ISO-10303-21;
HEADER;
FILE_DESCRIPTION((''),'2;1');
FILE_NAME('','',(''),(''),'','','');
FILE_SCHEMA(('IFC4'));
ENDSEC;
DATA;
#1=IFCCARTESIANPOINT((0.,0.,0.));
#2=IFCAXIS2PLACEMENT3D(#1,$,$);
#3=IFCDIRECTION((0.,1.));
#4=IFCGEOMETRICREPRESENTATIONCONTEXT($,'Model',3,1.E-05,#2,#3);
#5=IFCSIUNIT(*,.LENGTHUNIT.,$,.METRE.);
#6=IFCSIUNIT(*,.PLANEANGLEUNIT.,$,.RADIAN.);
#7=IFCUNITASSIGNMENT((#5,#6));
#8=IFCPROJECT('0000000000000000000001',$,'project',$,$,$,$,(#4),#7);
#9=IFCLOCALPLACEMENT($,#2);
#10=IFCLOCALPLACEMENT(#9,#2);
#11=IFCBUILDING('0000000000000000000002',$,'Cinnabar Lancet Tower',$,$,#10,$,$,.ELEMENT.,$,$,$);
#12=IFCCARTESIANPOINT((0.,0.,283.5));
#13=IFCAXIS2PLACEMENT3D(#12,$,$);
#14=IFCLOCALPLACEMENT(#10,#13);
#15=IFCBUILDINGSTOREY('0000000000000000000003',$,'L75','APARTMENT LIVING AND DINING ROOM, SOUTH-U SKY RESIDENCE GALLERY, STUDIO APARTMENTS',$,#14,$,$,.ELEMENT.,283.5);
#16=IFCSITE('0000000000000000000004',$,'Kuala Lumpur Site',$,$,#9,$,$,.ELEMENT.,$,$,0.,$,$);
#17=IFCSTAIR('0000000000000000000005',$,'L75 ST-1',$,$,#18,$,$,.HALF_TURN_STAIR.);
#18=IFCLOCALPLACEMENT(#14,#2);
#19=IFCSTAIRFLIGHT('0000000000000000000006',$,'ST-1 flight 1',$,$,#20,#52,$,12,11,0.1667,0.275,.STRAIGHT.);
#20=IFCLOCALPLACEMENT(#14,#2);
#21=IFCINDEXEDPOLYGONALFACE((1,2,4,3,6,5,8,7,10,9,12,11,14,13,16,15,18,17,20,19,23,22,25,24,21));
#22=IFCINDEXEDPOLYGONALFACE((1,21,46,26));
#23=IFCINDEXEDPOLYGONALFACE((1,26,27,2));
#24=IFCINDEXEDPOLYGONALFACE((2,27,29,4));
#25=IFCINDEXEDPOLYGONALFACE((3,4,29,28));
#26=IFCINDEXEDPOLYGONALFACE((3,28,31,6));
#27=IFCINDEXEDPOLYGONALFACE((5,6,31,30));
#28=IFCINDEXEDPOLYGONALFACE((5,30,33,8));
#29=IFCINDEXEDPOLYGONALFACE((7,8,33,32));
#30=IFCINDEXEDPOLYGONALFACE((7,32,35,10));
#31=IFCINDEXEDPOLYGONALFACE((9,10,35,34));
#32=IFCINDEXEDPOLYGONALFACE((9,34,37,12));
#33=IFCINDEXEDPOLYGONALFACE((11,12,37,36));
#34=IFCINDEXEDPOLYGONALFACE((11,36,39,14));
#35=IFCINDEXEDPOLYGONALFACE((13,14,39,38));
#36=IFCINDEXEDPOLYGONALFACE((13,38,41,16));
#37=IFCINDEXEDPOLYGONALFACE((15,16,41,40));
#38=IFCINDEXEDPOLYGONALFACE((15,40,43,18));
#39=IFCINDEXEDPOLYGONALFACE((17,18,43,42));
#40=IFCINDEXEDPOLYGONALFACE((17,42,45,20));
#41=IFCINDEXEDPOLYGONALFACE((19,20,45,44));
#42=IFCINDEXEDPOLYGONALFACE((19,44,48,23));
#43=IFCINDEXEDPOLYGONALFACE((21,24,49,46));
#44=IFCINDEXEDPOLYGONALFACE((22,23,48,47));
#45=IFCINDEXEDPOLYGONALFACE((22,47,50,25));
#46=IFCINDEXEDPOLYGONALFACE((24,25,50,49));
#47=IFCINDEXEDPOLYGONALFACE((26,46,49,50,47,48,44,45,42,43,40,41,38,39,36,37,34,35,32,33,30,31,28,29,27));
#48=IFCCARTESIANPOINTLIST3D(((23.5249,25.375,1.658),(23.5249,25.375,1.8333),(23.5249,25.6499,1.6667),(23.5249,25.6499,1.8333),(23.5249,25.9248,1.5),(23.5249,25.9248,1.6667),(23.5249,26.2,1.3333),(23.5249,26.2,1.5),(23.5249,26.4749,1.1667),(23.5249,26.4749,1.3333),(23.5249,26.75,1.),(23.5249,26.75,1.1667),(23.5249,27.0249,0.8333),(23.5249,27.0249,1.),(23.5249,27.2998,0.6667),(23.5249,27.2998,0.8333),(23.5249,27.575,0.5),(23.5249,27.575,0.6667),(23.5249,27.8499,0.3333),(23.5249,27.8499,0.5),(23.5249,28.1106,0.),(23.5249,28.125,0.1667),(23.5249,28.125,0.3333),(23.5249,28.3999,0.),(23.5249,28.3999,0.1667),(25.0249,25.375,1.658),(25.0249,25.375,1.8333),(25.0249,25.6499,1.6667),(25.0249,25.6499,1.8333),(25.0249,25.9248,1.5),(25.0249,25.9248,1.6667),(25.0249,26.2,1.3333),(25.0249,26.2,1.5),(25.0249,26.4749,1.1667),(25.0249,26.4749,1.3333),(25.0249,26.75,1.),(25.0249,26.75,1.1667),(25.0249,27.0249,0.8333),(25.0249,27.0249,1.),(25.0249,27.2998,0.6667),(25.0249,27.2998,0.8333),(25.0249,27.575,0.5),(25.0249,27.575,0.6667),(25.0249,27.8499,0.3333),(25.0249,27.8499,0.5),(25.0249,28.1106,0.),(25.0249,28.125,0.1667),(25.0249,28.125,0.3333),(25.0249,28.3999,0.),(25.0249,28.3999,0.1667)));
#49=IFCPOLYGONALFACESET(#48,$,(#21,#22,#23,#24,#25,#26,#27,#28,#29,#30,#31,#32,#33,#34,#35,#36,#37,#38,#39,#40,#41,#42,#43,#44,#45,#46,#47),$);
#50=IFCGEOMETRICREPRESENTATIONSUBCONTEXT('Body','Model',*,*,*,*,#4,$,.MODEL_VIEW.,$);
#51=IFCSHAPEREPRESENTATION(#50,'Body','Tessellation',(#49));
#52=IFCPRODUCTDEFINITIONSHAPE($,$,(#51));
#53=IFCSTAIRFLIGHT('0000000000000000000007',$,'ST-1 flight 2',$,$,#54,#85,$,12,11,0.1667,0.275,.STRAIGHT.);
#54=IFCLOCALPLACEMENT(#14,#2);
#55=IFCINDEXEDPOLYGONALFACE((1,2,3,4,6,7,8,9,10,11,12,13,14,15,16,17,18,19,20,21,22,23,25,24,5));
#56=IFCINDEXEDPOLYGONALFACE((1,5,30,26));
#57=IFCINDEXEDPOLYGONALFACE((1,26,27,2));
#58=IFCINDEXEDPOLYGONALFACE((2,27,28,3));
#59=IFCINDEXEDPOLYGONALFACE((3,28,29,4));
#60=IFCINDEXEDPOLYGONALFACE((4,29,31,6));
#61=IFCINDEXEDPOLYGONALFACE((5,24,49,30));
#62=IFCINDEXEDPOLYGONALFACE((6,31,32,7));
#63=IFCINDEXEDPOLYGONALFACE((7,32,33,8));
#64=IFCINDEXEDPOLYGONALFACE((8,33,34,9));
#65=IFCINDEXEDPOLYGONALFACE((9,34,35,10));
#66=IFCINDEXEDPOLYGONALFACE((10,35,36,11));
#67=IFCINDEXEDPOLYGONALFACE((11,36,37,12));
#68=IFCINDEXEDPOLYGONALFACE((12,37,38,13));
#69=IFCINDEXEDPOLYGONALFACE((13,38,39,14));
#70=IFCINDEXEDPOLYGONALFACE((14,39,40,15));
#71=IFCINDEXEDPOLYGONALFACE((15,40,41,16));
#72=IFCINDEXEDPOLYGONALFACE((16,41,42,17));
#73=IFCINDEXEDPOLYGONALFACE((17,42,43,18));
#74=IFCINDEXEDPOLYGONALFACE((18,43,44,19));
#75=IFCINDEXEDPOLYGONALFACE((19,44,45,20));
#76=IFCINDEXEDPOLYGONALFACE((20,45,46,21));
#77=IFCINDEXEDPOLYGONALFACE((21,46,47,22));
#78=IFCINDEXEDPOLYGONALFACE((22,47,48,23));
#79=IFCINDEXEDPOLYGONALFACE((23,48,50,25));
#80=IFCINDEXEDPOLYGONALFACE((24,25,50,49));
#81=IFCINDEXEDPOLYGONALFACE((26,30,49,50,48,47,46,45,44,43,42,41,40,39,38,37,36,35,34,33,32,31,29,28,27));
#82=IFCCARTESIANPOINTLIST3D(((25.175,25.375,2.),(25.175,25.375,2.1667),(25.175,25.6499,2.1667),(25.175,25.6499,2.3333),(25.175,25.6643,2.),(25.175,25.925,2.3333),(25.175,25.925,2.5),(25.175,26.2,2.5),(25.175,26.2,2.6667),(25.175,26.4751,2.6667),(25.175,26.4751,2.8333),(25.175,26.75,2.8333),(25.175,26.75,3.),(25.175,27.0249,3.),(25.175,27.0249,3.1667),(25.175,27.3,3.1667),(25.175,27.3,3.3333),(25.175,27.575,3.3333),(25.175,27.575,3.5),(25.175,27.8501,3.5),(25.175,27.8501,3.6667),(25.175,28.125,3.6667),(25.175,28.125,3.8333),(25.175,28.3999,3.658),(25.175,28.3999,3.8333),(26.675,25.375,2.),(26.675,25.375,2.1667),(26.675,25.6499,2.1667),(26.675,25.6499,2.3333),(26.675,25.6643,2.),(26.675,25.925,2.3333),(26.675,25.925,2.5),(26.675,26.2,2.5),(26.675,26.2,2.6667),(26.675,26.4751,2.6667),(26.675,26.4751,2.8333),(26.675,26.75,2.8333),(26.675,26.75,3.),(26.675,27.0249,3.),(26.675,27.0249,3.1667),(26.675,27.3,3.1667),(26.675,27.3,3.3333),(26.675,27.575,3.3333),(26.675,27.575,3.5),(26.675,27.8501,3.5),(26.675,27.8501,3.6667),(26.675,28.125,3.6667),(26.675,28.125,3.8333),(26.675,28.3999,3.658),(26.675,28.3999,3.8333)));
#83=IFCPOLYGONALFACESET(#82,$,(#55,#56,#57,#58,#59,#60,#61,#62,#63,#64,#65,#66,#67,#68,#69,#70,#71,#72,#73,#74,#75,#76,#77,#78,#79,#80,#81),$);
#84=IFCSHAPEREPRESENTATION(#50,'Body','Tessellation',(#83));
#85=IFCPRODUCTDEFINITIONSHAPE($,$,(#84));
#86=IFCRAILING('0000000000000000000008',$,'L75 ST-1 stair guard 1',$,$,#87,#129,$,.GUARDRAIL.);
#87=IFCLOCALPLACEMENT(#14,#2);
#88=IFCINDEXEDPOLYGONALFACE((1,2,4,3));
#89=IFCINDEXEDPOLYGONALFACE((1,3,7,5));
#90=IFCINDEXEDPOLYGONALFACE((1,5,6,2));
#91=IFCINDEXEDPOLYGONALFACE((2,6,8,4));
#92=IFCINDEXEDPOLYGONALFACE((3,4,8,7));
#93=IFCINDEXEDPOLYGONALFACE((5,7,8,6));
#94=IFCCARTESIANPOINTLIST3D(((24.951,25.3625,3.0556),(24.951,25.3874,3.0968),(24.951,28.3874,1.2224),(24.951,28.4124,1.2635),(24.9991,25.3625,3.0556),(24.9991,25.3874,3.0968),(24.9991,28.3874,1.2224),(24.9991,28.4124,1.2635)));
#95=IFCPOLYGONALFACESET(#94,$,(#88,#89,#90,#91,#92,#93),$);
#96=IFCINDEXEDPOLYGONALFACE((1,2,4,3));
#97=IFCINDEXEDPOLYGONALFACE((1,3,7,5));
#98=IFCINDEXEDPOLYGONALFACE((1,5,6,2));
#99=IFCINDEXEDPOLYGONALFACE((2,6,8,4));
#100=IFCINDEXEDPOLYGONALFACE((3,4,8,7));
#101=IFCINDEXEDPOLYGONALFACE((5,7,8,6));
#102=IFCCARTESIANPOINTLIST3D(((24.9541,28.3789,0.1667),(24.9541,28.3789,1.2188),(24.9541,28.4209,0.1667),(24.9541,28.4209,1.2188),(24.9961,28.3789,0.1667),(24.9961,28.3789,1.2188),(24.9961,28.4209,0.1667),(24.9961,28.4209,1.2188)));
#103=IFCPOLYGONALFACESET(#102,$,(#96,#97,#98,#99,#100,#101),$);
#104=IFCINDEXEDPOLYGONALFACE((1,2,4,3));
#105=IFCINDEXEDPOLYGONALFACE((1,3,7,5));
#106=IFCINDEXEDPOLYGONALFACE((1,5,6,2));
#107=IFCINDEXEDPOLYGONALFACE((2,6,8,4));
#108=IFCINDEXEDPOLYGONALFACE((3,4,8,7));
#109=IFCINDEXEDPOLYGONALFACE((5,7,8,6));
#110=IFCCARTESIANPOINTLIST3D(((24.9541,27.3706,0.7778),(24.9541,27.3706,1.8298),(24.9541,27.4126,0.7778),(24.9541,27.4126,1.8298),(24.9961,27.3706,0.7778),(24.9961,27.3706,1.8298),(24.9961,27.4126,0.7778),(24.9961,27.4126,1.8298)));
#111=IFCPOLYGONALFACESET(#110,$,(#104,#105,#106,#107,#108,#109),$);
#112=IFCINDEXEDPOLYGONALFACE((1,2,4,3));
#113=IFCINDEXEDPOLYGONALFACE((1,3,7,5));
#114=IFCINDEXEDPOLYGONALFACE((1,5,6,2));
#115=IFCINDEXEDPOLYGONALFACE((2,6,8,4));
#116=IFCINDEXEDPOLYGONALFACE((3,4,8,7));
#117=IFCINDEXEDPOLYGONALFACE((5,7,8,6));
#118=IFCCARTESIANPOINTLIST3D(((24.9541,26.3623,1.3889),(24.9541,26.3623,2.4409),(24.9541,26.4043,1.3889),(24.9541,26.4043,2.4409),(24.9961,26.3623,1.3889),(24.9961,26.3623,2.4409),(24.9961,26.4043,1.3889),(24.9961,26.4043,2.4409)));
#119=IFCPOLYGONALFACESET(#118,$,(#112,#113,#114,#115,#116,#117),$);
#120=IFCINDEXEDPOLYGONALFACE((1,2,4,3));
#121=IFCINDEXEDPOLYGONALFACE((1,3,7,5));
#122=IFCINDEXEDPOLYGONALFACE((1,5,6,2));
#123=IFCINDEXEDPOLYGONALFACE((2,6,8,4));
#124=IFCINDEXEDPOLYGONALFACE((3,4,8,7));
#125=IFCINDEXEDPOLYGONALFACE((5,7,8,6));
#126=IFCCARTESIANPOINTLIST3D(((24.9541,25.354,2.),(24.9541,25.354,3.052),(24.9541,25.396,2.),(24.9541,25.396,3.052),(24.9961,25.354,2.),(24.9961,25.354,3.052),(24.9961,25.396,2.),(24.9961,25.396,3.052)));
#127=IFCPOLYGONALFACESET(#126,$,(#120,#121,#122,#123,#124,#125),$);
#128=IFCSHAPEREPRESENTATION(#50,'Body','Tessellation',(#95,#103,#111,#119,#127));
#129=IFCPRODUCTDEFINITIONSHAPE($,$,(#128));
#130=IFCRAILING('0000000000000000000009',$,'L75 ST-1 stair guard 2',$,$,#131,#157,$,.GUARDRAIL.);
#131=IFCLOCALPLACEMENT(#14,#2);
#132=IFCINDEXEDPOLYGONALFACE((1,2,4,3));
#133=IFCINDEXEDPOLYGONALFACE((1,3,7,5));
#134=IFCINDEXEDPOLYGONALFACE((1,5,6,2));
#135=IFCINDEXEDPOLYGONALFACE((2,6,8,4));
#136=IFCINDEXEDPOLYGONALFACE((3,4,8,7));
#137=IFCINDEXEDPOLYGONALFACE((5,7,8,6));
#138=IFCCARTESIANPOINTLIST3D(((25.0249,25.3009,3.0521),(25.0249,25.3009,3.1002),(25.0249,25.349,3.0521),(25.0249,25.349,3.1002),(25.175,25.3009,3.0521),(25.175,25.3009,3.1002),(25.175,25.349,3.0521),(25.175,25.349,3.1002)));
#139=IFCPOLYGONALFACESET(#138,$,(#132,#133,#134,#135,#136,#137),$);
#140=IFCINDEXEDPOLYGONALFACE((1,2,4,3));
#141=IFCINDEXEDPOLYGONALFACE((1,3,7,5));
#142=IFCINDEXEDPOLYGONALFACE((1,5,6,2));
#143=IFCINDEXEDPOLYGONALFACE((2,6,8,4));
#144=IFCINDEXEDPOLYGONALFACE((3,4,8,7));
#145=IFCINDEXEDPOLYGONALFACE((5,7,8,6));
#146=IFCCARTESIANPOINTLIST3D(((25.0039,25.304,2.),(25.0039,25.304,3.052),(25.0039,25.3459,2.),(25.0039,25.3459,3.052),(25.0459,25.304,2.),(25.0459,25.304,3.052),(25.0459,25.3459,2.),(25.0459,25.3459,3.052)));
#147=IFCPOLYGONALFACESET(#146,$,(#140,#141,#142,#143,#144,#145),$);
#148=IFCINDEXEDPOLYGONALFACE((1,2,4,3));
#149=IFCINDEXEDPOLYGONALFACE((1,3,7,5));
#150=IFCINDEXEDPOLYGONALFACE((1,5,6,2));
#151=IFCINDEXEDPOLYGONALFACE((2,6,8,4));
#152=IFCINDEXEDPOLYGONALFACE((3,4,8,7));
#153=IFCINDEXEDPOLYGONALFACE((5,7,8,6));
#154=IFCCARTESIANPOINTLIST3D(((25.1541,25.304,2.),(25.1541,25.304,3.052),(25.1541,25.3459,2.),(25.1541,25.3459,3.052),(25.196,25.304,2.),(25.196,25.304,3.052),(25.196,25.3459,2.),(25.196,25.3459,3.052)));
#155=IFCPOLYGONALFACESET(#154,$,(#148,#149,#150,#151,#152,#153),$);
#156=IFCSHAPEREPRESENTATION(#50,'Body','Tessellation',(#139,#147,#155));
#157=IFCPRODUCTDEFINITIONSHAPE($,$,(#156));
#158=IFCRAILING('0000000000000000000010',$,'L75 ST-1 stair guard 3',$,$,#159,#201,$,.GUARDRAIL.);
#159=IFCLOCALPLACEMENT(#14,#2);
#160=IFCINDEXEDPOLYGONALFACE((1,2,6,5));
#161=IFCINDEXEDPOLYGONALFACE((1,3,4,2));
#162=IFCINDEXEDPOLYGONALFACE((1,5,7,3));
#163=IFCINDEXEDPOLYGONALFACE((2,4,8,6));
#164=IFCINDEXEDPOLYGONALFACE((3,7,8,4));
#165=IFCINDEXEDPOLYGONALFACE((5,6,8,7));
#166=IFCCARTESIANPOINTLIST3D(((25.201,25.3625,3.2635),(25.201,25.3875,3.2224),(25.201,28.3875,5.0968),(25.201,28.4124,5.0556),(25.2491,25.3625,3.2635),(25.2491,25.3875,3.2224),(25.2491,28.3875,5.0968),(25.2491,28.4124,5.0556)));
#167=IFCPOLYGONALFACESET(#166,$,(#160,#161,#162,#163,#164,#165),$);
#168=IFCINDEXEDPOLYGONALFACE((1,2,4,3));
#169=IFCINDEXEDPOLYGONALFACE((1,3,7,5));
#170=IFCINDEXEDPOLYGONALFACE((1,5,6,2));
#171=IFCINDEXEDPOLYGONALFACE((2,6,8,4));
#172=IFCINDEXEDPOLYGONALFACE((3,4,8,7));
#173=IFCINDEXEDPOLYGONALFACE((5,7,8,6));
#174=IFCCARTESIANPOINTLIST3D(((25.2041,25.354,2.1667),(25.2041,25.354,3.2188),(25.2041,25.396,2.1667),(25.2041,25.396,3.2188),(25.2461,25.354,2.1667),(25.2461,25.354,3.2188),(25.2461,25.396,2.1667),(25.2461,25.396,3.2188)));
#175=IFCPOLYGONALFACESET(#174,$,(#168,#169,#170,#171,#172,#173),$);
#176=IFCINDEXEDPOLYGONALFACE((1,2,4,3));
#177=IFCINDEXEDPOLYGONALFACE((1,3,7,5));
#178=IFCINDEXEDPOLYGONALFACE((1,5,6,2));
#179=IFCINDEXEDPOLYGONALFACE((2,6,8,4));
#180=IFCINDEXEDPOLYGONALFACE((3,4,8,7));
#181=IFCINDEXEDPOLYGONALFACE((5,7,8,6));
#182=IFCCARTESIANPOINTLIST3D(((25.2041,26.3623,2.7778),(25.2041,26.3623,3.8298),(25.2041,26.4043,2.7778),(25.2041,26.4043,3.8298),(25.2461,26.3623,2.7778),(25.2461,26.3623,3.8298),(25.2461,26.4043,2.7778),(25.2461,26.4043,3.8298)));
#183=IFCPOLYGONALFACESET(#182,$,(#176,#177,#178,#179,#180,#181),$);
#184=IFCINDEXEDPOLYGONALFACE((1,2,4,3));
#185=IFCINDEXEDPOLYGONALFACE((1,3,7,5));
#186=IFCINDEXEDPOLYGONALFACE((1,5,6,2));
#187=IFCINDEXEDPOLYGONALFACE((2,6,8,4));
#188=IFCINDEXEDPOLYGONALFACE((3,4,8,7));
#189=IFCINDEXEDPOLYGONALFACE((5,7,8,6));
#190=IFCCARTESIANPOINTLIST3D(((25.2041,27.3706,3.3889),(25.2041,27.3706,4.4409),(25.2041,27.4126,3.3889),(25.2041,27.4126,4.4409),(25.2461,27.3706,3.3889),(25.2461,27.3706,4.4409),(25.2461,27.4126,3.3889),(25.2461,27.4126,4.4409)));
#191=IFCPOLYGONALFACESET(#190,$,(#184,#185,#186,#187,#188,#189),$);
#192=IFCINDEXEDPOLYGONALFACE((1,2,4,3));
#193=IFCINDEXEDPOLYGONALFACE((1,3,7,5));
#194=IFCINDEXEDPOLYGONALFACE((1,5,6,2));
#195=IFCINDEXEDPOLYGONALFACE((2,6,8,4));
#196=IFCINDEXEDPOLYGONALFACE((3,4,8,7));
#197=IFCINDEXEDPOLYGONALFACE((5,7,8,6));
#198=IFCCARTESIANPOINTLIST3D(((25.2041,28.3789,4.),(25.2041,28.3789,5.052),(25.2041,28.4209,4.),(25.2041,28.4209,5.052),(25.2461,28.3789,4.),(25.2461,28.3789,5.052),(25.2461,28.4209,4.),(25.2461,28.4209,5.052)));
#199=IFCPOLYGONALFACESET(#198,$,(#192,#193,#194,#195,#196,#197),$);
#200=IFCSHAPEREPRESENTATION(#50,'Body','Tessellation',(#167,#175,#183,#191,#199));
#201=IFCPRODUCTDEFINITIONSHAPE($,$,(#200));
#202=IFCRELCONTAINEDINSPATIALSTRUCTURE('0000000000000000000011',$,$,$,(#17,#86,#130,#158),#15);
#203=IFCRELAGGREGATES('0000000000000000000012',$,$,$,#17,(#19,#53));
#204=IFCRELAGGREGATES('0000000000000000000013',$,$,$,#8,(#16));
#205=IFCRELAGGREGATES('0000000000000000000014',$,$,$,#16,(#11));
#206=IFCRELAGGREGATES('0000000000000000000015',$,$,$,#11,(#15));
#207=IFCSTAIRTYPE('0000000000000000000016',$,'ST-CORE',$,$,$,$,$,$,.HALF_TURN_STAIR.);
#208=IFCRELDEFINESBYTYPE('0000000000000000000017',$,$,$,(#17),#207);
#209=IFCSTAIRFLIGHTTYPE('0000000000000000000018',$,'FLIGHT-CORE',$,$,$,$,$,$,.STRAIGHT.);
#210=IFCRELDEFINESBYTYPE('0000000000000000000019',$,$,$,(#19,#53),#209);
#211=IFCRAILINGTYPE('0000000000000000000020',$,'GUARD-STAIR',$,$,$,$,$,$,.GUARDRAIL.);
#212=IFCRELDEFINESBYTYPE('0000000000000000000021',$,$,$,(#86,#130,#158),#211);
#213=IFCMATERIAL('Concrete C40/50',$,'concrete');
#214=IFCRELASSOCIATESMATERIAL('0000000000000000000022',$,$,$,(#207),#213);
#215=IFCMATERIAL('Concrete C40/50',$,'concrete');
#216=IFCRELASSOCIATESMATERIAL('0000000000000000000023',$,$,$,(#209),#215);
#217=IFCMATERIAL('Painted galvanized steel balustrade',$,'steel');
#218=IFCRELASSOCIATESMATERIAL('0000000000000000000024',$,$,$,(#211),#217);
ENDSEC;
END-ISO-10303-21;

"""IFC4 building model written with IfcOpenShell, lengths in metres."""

from ifc_helpers import new_model, si_unit, direction, frame, origin, origin_2d, place, context, subcontext, project, spatial, polyline, rectangle, outline, extrude, material, type_object, element, aggregate, save


model = new_model("IFC4")

# Units and contexts
model_context = context("Model", 3, precision=1e-05, world=origin(), true_north=direction((0.0, 1.0)))
body_context = subcontext(model_context, "Body", "Model", "MODEL_VIEW")
ifc_project = project(units=[si_unit("LENGTHUNIT", "METRE"), si_unit("PLANEANGLEUNIT", "RADIAN")], contexts=[model_context])

# Site, building, storey
site_placement = place(None, origin())
site = spatial("IfcSite", under=ifc_project, at=site_placement, Name="Kuala Lumpur Site", CompositionType="ELEMENT", RefElevation=0.0)
building_placement = place(site_placement, origin())
building = spatial("IfcBuilding", under=site, at=building_placement, Name="Cinnabar Lancet Tower", CompositionType="ELEMENT")
storey_placement = place(building_placement, frame((0.0, 0.0, 283.5)))
storey = spatial("IfcBuildingStorey", under=building, at=storey_placement, Name="L75", Description="APARTMENT LIVING AND DINING ROOM, SOUTH-U SKY RESIDENCE GALLERY, STUDIO APARTMENTS", CompositionType="ELEMENT", Elevation=283.5)

# Stair, stair flights
ifc_material_1 = material(Name="Concrete C40/50", Category="concrete")
stair_type = type_object("IfcStairType", Name="ST-CORE", PredefinedType="HALF_TURN_STAIR", material=ifc_material_1)
stair_placement = place(storey_placement, origin())
stair = element("IfcStair", 1, at=stair_placement, inside=storey, type_object=stair_type, Name="L75 ST-1", PredefinedType="HALF_TURN_STAIR")
ifc_material_2 = material(Name="Concrete C40/50", Category="concrete")
stair_flight_type = type_object("IfcStairFlightType", Name="FLIGHT-CORE", PredefinedType="STRAIGHT", material=ifc_material_2)
stair_flight_1_placement = place(storey_placement, frame((24.2749, 28.3999, 0.0), z_axis=(0.0, 0.0, 1.0), x_axis=(0.0, -1.0, 0.0)))
stair_flight_1 = element("IfcStairFlight", 2, at=stair_flight_1_placement, type_object=stair_flight_type, Name="ST-1 flight 1", NumberOfRisers=12, NumberOfTreads=11, PredefinedType="STRAIGHT", RiserHeight=0.1667, TreadLength=0.275, context=body_context, shape_type="SweptSolid", body=[
    extrude(outline(polyline([(0.0, 0.0), (0.0, 0.1667), (0.2749, 0.1667), (0.2749, 0.3333), (0.55, 0.3333), (0.55, 0.5), (0.825, 0.5), (0.825, 0.6667), (1.1001, 0.6667), (1.1001, 0.8333), (1.375, 0.8333), (1.375, 1.0), (1.6499, 1.0), (1.6499, 1.1667), (1.925, 1.1667), (1.925, 1.3333), (2.2, 1.3333), (2.2, 1.5), (2.4751, 1.5), (2.4751, 1.6667), (2.75, 1.6667), (2.75, 1.8333), (3.0249, 1.8333), (3.0249, 2.0), (3.0249, 1.658), (0.2893, 0.0), (0.0, 0.0)])), frame((0.0, 0.75, 0.0), z_axis=(0.0, -1.0, 0.0), x_axis=(1.0, 0.0, 0.0)), (0.0, 0.0, 1.0), 1.5),
])
stair_flight_2_placement = place(storey_placement, frame((25.925, 25.375, 2.0), z_axis=(0.0, 0.0, 1.0), x_axis=(0.0, 1.0, 0.0)))
stair_flight_2 = element("IfcStairFlight", 3, at=stair_flight_2_placement, type_object=stair_flight_type, Name="ST-1 flight 2", NumberOfRisers=12, NumberOfTreads=11, PredefinedType="STRAIGHT", RiserHeight=0.1667, TreadLength=0.275, context=body_context, shape_type="SweptSolid", body=[
    extrude(outline(polyline([(0.0, 0.0), (0.0, 0.1667), (0.2749, 0.1667), (0.2749, 0.3333), (0.55, 0.3333), (0.55, 0.5), (0.825, 0.5), (0.825, 0.6667), (1.1001, 0.6667), (1.1001, 0.8333), (1.375, 0.8333), (1.375, 1.0), (1.6499, 1.0), (1.6499, 1.1667), (1.925, 1.1667), (1.925, 1.3333), (2.2, 1.3333), (2.2, 1.5), (2.4751, 1.5), (2.4751, 1.6667), (2.75, 1.6667), (2.75, 1.8333), (3.0249, 1.8333), (3.0249, 2.0), (3.0249, 1.658), (0.2893, 0.0), (0.0, 0.0)])), frame((0.0, 0.75, 0.0), z_axis=(0.0, -1.0, 0.0), x_axis=(1.0, 0.0, 0.0)), (0.0, 0.0, 1.0), 1.5),
])
aggregate(stair, [stair_flight_1, stair_flight_2])

# Railings
ifc_material_3 = material(Name="Painted galvanized steel balustrade", Category="steel")
railing_type_1 = type_object("IfcRailingType", Name="GUARD-STAIR", PredefinedType="GUARDRAIL", material=ifc_material_3)
railing_1_placement = place(storey_placement, frame((24.9751, 28.3999, 0.1667)))
element("IfcRailing", 4, at=railing_1_placement, inside=storey, type_object=railing_type_1, Name="L75 ST-1 stair guard 1", PredefinedType="GUARDRAIL", context=body_context, shape_type="SweptSolid", body=[
    extrude(rectangle(XDim=0.0481, YDim=0.0481, at=origin_2d()), frame((0.0, 0.0, 1.0762), z_axis=(0.0, -0.855201, 0.518297), x_axis=(1.0, 0.0, 0.0)), (0.0, 0.0, 1.0), 3.5371),
    extrude(rectangle(XDim=0.042, YDim=0.042, at=origin_2d()), origin(), (0.0, 0.0, 1.0), 1.052),
    extrude(rectangle(XDim=0.042, YDim=0.042, at=origin_2d()), frame((0.0, -1.0083, 0.6111)), (0.0, 0.0, 1.0), 1.052),
    extrude(rectangle(XDim=0.042, YDim=0.042, at=origin_2d()), frame((0.0, -2.0166, 1.2222)), (0.0, 0.0, 1.0), 1.052),
    extrude(rectangle(XDim=0.042, YDim=0.042, at=origin_2d()), frame((0.0, -3.0249, 1.8333)), (0.0, 0.0, 1.0), 1.052),
])
railing_2_placement = place(storey_placement, frame((25.0249, 25.325, 2.0)))
element("IfcRailing", 5, at=railing_2_placement, inside=storey, type_object=railing_type_1, Name="L75 ST-1 stair guard 2", PredefinedType="GUARDRAIL", context=body_context, shape_type="SweptSolid", body=[
    extrude(rectangle(XDim=0.0481, YDim=0.0481, at=origin_2d()), frame((0.0, 0.0, 1.0762), z_axis=(1.0, 0.0, 0.0), x_axis=(0.0, 1.0, 0.0)), (0.0, 0.0, 1.0), 0.1501),
    extrude(rectangle(XDim=0.042, YDim=0.042, at=origin_2d()), origin(), (0.0, 0.0, 1.0), 1.052),
    extrude(rectangle(XDim=0.042, YDim=0.042, at=origin_2d()), frame((0.1501, 0.0, 0.0)), (0.0, 0.0, 1.0), 1.052),
])
railing_3_placement = place(storey_placement, frame((25.2251, 25.375, 2.1667)))
element("IfcRailing", 6, at=railing_3_placement, inside=storey, type_object=railing_type_1, Name="L75 ST-1 stair guard 3", PredefinedType="GUARDRAIL", context=body_context, shape_type="SweptSolid", body=[
    extrude(rectangle(XDim=0.0481, YDim=0.0481, at=origin_2d()), frame((0.0, 0.0, 1.0762), z_axis=(0.0, 0.855201, 0.518297), x_axis=(-1.0, 0.0, 0.0)), (0.0, 0.0, 1.0), 3.5371),
    extrude(rectangle(XDim=0.042, YDim=0.042, at=origin_2d()), origin(), (0.0, 0.0, 1.0), 1.052),
    extrude(rectangle(XDim=0.042, YDim=0.042, at=origin_2d()), frame((0.0, 1.0083, 0.6111)), (0.0, 0.0, 1.0), 1.052),
    extrude(rectangle(XDim=0.042, YDim=0.042, at=origin_2d()), frame((0.0, 2.0166, 1.2222)), (0.0, 0.0, 1.0), 1.052),
    extrude(rectangle(XDim=0.042, YDim=0.042, at=origin_2d()), frame((0.0, 3.0249, 1.8333)), (0.0, 0.0, 1.0), 1.052),
])

save(model, "model.ifc")
